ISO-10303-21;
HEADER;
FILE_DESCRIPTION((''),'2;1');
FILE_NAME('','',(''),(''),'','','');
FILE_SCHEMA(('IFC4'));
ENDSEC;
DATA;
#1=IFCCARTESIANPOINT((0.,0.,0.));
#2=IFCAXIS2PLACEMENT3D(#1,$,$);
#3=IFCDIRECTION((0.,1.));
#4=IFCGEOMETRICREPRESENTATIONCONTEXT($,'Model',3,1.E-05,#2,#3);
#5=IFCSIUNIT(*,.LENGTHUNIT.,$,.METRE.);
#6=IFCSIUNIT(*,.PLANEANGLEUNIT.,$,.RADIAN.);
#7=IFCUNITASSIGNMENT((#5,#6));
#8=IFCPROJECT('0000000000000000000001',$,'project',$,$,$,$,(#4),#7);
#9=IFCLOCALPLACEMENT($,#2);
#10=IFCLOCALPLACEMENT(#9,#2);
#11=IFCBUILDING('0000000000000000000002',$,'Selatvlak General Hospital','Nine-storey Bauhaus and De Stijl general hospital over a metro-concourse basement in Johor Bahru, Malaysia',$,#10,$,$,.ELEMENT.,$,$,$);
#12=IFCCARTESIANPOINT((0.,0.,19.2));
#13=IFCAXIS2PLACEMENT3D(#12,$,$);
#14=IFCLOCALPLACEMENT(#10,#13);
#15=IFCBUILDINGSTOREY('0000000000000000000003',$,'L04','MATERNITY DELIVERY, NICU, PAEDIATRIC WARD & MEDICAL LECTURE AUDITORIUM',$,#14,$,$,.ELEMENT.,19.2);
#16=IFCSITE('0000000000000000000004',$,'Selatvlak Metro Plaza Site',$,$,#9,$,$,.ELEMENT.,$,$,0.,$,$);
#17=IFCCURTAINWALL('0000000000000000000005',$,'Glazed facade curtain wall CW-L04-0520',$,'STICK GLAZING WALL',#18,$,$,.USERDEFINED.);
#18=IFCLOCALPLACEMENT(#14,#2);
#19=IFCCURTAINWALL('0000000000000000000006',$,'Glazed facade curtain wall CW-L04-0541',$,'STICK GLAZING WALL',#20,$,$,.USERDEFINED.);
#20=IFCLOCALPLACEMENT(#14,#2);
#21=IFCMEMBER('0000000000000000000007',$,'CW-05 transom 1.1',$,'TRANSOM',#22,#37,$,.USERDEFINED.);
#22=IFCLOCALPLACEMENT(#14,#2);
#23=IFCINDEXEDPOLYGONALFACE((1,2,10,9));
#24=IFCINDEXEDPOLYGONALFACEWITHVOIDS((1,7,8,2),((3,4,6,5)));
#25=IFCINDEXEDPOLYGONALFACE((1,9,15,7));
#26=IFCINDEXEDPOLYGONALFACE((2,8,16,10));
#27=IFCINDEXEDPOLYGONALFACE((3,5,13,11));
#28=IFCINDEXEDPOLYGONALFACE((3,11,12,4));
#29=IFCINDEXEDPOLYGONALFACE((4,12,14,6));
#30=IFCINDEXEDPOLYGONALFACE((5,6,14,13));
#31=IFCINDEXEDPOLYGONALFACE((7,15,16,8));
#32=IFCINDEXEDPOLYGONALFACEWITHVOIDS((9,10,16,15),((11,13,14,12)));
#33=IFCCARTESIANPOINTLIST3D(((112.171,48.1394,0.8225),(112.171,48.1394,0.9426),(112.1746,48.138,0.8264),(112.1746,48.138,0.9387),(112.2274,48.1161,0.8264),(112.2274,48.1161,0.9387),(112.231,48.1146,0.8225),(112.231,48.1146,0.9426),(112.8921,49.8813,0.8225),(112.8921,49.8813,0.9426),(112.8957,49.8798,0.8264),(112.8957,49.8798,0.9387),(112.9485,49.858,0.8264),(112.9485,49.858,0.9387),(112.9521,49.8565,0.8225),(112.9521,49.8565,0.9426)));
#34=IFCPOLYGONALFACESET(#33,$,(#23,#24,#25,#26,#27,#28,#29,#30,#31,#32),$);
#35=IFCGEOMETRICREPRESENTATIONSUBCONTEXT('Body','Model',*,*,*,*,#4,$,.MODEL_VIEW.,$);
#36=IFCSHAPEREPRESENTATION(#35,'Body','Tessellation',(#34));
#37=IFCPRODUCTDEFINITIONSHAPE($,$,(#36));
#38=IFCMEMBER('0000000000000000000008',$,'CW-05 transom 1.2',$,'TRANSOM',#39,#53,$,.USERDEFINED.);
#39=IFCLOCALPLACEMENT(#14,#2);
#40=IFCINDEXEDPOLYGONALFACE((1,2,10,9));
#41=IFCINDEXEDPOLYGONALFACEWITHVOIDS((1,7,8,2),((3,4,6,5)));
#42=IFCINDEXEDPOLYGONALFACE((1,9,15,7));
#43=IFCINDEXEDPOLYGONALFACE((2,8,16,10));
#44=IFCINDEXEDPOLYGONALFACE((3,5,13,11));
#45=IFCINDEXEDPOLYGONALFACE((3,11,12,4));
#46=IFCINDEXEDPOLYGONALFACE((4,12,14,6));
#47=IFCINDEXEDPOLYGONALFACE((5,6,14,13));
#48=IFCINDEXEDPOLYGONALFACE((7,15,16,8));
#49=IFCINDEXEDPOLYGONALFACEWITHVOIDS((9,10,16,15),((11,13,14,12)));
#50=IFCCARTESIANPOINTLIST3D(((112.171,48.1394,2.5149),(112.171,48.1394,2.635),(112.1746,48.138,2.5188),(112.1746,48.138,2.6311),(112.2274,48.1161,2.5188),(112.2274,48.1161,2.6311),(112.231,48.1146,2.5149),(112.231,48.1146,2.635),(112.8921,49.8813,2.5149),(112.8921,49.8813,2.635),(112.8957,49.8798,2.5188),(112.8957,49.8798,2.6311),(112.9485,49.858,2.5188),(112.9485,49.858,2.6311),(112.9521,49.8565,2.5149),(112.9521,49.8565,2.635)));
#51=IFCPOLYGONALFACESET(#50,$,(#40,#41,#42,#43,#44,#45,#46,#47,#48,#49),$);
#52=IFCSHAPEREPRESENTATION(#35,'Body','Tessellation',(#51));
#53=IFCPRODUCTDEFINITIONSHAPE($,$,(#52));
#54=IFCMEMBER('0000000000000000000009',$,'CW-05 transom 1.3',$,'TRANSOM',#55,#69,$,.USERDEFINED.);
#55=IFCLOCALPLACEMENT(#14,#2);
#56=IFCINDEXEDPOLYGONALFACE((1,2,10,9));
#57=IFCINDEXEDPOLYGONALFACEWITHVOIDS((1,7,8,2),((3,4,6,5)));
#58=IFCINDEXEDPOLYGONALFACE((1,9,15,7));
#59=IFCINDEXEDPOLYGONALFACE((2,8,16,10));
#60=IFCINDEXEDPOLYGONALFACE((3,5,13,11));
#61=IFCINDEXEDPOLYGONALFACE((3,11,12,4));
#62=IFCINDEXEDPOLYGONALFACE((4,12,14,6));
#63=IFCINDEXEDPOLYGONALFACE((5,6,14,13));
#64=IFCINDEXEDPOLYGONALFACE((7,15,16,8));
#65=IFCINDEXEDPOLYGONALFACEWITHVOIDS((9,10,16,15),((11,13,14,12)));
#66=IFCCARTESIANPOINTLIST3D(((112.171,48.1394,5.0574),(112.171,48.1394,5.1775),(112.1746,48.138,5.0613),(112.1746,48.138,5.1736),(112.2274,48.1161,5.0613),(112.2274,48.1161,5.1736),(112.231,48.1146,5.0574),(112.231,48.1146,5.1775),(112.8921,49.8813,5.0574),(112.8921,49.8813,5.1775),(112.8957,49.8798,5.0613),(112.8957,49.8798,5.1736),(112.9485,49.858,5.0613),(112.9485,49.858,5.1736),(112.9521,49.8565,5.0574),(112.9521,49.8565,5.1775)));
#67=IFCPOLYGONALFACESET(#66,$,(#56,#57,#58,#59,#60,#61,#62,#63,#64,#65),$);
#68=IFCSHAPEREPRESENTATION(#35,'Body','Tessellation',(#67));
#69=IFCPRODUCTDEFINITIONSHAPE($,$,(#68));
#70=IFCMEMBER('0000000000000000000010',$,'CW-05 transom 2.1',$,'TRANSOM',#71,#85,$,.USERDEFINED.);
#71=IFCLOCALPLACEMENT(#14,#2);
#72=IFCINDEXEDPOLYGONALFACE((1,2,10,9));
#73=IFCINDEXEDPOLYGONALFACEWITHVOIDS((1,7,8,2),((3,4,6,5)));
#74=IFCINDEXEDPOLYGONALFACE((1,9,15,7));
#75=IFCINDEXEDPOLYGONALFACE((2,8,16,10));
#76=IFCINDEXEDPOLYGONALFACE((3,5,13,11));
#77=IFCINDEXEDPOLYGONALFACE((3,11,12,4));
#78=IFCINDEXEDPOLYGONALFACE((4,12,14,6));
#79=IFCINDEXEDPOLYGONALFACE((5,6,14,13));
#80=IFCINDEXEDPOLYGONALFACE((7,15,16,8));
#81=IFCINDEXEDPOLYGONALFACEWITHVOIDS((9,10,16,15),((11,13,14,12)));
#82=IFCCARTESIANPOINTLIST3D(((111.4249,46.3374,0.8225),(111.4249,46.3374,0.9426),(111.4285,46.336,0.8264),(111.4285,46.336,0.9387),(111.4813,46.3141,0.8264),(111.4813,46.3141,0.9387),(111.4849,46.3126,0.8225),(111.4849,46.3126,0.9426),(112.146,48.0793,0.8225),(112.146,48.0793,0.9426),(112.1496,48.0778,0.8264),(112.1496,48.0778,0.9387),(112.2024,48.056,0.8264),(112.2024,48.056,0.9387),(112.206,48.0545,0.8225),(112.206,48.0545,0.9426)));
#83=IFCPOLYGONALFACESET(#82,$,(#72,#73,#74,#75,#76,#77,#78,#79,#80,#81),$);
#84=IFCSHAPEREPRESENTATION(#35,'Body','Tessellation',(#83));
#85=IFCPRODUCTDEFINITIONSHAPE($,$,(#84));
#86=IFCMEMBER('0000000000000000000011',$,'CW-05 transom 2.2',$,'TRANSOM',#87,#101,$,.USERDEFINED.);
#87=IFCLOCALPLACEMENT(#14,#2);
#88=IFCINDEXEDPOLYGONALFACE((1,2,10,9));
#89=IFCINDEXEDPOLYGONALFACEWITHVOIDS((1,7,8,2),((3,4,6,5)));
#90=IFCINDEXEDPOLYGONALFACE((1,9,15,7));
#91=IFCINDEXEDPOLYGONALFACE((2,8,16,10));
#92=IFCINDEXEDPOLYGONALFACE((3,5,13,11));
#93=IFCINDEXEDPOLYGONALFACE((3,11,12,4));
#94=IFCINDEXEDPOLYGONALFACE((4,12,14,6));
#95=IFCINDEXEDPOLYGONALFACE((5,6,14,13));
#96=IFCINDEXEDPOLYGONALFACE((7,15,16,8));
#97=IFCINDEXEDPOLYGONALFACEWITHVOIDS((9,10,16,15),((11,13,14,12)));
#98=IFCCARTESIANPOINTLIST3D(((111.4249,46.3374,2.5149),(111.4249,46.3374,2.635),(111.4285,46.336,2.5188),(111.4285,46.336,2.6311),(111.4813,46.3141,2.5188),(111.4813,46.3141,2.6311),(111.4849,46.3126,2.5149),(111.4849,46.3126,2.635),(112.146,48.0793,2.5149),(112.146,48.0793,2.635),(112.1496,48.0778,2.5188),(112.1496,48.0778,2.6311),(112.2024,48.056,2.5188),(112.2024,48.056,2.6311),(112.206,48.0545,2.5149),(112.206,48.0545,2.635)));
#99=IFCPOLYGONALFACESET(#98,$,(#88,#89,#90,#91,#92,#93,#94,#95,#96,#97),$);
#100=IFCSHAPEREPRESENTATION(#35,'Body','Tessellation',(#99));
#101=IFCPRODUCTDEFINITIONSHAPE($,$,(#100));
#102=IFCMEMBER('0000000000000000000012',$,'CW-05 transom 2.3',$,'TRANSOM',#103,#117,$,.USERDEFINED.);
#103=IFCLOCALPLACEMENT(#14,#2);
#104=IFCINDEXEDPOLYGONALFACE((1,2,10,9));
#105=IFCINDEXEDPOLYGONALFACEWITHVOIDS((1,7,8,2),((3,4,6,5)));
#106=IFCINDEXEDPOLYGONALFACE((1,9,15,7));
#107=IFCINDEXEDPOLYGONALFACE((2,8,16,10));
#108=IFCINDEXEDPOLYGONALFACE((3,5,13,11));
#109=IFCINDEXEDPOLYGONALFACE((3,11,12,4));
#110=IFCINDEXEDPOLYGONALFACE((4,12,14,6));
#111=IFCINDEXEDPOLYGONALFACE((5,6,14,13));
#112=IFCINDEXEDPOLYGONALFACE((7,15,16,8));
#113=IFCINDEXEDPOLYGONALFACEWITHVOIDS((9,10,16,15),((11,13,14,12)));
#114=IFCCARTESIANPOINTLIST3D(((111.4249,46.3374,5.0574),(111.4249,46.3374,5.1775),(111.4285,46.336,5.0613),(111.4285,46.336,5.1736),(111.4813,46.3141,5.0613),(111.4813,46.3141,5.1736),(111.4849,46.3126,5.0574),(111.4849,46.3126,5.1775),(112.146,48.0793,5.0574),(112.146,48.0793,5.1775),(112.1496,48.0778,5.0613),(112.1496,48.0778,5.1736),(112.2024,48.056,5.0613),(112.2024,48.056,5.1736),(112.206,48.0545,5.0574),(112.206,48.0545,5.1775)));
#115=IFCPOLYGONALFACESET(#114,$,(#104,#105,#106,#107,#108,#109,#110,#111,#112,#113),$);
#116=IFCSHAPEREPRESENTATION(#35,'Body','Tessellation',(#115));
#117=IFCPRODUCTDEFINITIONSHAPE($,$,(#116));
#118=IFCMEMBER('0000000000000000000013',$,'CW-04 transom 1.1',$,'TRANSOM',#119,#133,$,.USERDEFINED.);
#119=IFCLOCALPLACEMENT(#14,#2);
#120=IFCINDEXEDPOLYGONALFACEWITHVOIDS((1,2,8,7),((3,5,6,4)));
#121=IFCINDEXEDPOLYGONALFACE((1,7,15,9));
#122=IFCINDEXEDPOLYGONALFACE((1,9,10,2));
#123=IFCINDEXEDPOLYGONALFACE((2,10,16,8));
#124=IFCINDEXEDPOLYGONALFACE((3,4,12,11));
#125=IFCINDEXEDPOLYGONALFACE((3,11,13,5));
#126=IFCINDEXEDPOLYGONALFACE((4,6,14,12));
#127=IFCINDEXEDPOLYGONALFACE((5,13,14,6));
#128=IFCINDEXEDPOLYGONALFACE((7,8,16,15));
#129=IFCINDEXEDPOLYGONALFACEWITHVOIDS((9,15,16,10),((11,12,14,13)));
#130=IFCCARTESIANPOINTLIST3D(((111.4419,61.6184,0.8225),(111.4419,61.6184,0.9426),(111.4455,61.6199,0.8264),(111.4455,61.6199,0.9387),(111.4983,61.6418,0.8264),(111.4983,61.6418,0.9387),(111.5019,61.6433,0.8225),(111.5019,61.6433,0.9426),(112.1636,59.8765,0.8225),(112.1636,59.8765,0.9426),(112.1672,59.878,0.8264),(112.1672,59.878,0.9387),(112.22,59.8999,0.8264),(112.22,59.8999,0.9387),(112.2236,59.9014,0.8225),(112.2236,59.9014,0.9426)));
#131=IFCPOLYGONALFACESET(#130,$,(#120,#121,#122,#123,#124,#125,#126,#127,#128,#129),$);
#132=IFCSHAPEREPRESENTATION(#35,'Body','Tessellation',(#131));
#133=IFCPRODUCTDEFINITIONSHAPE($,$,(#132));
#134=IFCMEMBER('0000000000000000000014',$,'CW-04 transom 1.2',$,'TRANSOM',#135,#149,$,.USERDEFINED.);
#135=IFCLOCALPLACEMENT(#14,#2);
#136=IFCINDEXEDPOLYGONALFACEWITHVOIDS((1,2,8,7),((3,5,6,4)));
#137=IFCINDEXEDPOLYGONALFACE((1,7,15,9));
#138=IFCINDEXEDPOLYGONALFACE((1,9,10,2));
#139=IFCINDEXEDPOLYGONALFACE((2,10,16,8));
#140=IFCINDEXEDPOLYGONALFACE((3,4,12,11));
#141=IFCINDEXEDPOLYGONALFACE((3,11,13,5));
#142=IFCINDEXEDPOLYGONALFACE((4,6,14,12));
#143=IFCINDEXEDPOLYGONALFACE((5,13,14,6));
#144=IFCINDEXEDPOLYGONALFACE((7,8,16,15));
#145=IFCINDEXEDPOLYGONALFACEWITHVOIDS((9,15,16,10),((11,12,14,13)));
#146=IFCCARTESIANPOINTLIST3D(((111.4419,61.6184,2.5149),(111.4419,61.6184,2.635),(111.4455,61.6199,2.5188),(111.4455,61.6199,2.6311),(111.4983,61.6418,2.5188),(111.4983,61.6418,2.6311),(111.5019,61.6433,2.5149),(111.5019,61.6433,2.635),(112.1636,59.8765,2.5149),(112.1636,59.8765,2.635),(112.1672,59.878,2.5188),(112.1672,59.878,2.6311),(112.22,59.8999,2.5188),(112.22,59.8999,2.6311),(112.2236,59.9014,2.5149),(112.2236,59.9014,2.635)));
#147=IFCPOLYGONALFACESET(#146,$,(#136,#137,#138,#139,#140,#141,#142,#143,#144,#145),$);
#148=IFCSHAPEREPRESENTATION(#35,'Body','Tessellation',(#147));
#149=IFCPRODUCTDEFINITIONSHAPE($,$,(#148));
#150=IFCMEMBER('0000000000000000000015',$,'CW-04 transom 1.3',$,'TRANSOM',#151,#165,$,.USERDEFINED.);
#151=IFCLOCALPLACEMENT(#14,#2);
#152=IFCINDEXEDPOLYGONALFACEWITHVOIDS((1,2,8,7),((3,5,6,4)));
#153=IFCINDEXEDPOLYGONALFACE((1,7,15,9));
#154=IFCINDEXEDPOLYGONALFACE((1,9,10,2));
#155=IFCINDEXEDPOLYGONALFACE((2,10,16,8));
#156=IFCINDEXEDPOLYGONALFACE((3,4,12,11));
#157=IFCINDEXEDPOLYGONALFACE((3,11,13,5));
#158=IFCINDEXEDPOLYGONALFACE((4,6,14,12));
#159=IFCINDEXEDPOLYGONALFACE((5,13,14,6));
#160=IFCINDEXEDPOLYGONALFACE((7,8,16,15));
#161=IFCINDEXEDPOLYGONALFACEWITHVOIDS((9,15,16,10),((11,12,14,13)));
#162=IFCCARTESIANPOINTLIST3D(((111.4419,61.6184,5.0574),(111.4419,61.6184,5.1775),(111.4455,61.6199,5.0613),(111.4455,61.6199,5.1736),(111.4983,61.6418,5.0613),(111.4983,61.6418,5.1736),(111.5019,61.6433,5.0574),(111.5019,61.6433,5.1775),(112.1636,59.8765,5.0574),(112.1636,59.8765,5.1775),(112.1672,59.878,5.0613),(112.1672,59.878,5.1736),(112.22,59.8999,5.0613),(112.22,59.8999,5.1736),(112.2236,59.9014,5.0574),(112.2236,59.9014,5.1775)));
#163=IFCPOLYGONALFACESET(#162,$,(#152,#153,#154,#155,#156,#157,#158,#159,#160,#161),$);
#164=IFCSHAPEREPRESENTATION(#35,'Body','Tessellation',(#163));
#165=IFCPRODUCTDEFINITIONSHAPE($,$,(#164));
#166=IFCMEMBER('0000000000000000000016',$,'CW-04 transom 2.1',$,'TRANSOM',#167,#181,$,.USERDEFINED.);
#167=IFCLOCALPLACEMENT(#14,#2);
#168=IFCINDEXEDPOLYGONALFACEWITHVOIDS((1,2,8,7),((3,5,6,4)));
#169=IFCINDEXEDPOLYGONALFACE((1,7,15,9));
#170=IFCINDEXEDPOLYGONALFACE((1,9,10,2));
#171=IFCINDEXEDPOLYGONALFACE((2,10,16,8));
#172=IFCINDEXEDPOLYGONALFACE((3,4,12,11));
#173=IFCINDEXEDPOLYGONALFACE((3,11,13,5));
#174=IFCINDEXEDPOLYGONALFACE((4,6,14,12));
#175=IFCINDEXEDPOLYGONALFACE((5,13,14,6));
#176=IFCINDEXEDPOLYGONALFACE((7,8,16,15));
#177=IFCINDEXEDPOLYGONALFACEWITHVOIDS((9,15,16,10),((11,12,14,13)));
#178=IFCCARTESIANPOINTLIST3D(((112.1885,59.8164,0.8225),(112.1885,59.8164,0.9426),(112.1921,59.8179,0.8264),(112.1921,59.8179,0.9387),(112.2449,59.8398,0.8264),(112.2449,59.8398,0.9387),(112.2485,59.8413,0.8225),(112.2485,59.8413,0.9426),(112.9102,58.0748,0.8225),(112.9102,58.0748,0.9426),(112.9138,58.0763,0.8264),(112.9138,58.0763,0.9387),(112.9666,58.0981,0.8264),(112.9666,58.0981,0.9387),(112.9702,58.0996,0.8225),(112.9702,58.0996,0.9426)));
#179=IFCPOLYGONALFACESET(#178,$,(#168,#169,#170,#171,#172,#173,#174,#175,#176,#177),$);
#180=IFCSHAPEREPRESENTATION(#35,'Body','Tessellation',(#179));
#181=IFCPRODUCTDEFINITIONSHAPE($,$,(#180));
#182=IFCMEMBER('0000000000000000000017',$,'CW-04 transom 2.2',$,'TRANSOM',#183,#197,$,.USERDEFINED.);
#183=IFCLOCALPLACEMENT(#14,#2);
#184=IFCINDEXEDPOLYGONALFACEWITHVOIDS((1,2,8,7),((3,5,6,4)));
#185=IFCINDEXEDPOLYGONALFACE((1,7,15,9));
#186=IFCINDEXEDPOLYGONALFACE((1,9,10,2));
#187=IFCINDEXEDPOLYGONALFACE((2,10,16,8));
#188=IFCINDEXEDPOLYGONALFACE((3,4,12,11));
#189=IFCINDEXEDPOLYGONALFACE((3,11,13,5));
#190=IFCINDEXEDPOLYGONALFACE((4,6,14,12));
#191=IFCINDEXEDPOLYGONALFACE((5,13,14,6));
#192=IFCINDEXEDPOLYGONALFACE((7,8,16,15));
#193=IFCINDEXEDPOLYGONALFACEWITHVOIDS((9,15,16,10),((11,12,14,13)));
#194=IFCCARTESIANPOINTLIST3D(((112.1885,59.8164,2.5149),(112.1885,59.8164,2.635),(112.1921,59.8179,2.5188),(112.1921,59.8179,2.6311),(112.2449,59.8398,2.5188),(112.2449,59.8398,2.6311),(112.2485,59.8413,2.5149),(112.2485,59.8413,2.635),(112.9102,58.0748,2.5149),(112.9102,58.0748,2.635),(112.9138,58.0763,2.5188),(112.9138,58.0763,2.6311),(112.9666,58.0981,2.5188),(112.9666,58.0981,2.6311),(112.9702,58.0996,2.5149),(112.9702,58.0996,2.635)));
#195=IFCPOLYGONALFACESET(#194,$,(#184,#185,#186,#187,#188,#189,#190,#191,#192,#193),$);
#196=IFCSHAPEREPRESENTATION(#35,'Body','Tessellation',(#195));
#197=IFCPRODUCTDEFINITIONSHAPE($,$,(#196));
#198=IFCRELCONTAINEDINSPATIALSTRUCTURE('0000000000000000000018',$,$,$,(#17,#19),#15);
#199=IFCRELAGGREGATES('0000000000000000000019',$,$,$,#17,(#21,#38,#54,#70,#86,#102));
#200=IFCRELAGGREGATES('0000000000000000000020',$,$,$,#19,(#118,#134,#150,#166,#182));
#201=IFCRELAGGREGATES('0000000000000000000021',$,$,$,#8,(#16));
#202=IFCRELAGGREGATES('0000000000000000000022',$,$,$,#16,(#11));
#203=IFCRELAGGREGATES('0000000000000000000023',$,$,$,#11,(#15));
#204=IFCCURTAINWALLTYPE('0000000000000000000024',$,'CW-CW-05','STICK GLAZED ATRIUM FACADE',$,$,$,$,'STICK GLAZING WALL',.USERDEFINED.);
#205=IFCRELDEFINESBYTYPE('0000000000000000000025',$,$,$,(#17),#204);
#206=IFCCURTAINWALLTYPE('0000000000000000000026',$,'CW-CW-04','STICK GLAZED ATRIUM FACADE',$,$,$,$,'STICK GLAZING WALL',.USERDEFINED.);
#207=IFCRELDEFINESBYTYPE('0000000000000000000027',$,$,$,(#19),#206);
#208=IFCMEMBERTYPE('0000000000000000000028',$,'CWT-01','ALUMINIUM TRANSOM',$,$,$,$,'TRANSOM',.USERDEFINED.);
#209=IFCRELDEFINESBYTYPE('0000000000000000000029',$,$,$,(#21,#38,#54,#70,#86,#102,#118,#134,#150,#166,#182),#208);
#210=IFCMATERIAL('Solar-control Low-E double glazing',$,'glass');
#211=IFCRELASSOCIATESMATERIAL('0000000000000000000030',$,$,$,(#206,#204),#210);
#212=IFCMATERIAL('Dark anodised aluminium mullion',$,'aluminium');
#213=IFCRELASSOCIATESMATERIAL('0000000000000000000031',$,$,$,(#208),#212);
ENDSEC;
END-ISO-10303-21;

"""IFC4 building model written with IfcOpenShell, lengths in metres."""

from ifc_helpers import new_model, si_unit, direction, frame, origin, origin_2d, place, context, subcontext, project, spatial, hollow_rectangle, extrude, material, material_profile, profile_set, type_object, element, aggregate, save


model = new_model("IFC4")

# Units and contexts
model_context = context("Model", 3, precision=1e-05, world=origin(), true_north=direction((0.0, 1.0)))
body_context = subcontext(model_context, "Body", "Model", "MODEL_VIEW")
ifc_project = project(units=[si_unit("LENGTHUNIT", "METRE"), si_unit("PLANEANGLEUNIT", "RADIAN")], contexts=[model_context])

# Site, building, storey
site_placement = place(None, origin())
site = spatial("IfcSite", under=ifc_project, at=site_placement, Name="Selatvlak Metro Plaza Site", CompositionType="ELEMENT", RefElevation=0.0)
building_placement = place(site_placement, origin())
building = spatial("IfcBuilding", under=site, at=building_placement, Name="Selatvlak General Hospital", Description="Nine-storey Bauhaus and De Stijl general hospital over a metro-concourse basement in Johor Bahru, Malaysia", CompositionType="ELEMENT")
storey_placement = place(building_placement, frame((0.0, 0.0, 19.2)))
storey = spatial("IfcBuildingStorey", under=building, at=storey_placement, Name="L04", Description="MATERNITY DELIVERY, NICU, PAEDIATRIC WARD & MEDICAL LECTURE AUDITORIUM", CompositionType="ELEMENT", Elevation=19.2)

# Shared definitions
ifc_material_1 = material(Name="Solar-control Low-E double glazing", Category="glass")
curtain_wall_type_1 = type_object("IfcCurtainWallType", Name="CW-CW-04", Description="STICK GLAZED ATRIUM FACADE", ElementType="STICK GLAZING WALL", PredefinedType="USERDEFINED", material=ifc_material_1)
ifc_material_2 = material(Name="Dark anodised aluminium mullion", Category="aluminium")

# Curtain walls
curtain_wall_type_2 = type_object("IfcCurtainWallType", Name="CW-CW-05", Description="STICK GLAZED ATRIUM FACADE", ElementType="STICK GLAZING WALL", PredefinedType="USERDEFINED", material=ifc_material_1)
curtain_wall_1_placement = place(storey_placement, origin())
curtain_wall_1 = element("IfcCurtainWall", 1, at=curtain_wall_1_placement, inside=storey, type_object=curtain_wall_type_2, Name="Glazed facade curtain wall CW-L04-0520", ObjectType="STICK GLAZING WALL", PredefinedType="USERDEFINED")
curtain_wall_2_placement = place(storey_placement, origin())
curtain_wall_2 = element("IfcCurtainWall", 2, at=curtain_wall_2_placement, inside=storey, type_object=curtain_wall_type_1, Name="Glazed facade curtain wall CW-L04-0541", ObjectType="STICK GLAZING WALL", PredefinedType="USERDEFINED")

# Members
ifc_material_profile_1 = material_profile(ifc_material_2, hollow_rectangle(XDim=0.0649, YDim=0.1201, WallThickness=0.0039, at=origin_2d()), Name="AL-TRN 65x120x4")
ifc_profile_set_1 = profile_set([ifc_material_profile_1], Name="Dark anodised aluminium mullion")
member_type_1 = type_object("IfcMemberType", Name="CWT-01", Description="ALUMINIUM TRANSOM", ElementType="TRANSOM", PredefinedType="USERDEFINED", material=ifc_profile_set_1)
member_1_placement = place(storey_placement, frame((112.9221, 49.8689, 0.8826), z_axis=(-0.382527, -0.923944, 0.0), x_axis=(0.923944, -0.382527, 0.0)))
member_1 = element("IfcMember", 3, at=member_1_placement, type_object=member_type_1, Name="CW-05 transom 1.1", ObjectType="TRANSOM", PredefinedType="USERDEFINED", context=body_context, shape_type="SweptSolid", body=[
    extrude(hollow_rectangle(XDim=0.0649, YDim=0.1201, WallThickness=0.0039, at=origin_2d()), origin(), (0.0, 0.0, 1.0), 1.8853),
])
member_2_placement = place(storey_placement, frame((112.9221, 49.8689, 2.575), z_axis=(-0.382527, -0.923944, 0.0), x_axis=(0.923944, -0.382527, 0.0)))
member_2 = element("IfcMember", 4, at=member_2_placement, type_object=member_type_1, Name="CW-05 transom 1.2", ObjectType="TRANSOM", PredefinedType="USERDEFINED", context=body_context, shape_type="SweptSolid", body=[
    extrude(hollow_rectangle(XDim=0.0649, YDim=0.1201, WallThickness=0.0039, at=origin_2d()), origin(), (0.0, 0.0, 1.0), 1.8853),
])
member_3_placement = place(storey_placement, frame((112.9221, 49.8689, 5.1174), z_axis=(-0.382527, -0.923944, 0.0), x_axis=(0.923944, -0.382527, 0.0)))
member_3 = element("IfcMember", 5, at=member_3_placement, type_object=member_type_1, Name="CW-05 transom 1.3", ObjectType="TRANSOM", PredefinedType="USERDEFINED", context=body_context, shape_type="SweptSolid", body=[
    extrude(hollow_rectangle(XDim=0.0649, YDim=0.1201, WallThickness=0.0039, at=origin_2d()), origin(), (0.0, 0.0, 1.0), 1.8853),
])
member_4_placement = place(storey_placement, frame((112.176, 48.0669, 0.8826), z_axis=(-0.382527, -0.923944, 0.0), x_axis=(0.923944, -0.382527, 0.0)))
member_4 = element("IfcMember", 6, at=member_4_placement, type_object=member_type_1, Name="CW-05 transom 2.1", ObjectType="TRANSOM", PredefinedType="USERDEFINED", context=body_context, shape_type="SweptSolid", body=[
    extrude(hollow_rectangle(XDim=0.0649, YDim=0.1201, WallThickness=0.0039, at=origin_2d()), origin(), (0.0, 0.0, 1.0), 1.8853),
])
member_5_placement = place(storey_placement, frame((112.176, 48.0669, 2.575), z_axis=(-0.382527, -0.923944, 0.0), x_axis=(0.923944, -0.382527, 0.0)))
member_5 = element("IfcMember", 7, at=member_5_placement, type_object=member_type_1, Name="CW-05 transom 2.2", ObjectType="TRANSOM", PredefinedType="USERDEFINED", context=body_context, shape_type="SweptSolid", body=[
    extrude(hollow_rectangle(XDim=0.0649, YDim=0.1201, WallThickness=0.0039, at=origin_2d()), origin(), (0.0, 0.0, 1.0), 1.8853),
])
member_6_placement = place(storey_placement, frame((112.176, 48.0669, 5.1174), z_axis=(-0.382527, -0.923944, 0.0), x_axis=(0.923944, -0.382527, 0.0)))
member_6 = element("IfcMember", 8, at=member_6_placement, type_object=member_type_1, Name="CW-05 transom 2.3", ObjectType="TRANSOM", PredefinedType="USERDEFINED", context=body_context, shape_type="SweptSolid", body=[
    extrude(hollow_rectangle(XDim=0.0649, YDim=0.1201, WallThickness=0.0039, at=origin_2d()), origin(), (0.0, 0.0, 1.0), 1.8853),
])
member_7_placement = place(storey_placement, frame((111.4719, 61.6309, 0.8826), z_axis=(0.382748, -0.923853, 0.0), x_axis=(0.923853, 0.382748, 0.0)))
member_7 = element("IfcMember", 9, at=member_7_placement, type_object=member_type_1, Name="CW-04 transom 1.1", ObjectType="TRANSOM", PredefinedType="USERDEFINED", context=body_context, shape_type="SweptSolid", body=[
    extrude(hollow_rectangle(XDim=0.0649, YDim=0.1201, WallThickness=0.0039, at=origin_2d()), origin(), (0.0, 0.0, 1.0), 1.8855),
])
member_8_placement = place(storey_placement, frame((111.4719, 61.6309, 2.575), z_axis=(0.382748, -0.923853, 0.0), x_axis=(0.923853, 0.382748, 0.0)))
member_8 = element("IfcMember", 10, at=member_8_placement, type_object=member_type_1, Name="CW-04 transom 1.2", ObjectType="TRANSOM", PredefinedType="USERDEFINED", context=body_context, shape_type="SweptSolid", body=[
    extrude(hollow_rectangle(XDim=0.0649, YDim=0.1201, WallThickness=0.0039, at=origin_2d()), origin(), (0.0, 0.0, 1.0), 1.8855),
])
member_9_placement = place(storey_placement, frame((111.4719, 61.6309, 5.1174), z_axis=(0.382748, -0.923853, 0.0), x_axis=(0.923853, 0.382748, 0.0)))
member_9 = element("IfcMember", 11, at=member_9_placement, type_object=member_type_1, Name="CW-04 transom 1.3", ObjectType="TRANSOM", PredefinedType="USERDEFINED", context=body_context, shape_type="SweptSolid", body=[
    extrude(hollow_rectangle(XDim=0.0649, YDim=0.1201, WallThickness=0.0039, at=origin_2d()), origin(), (0.0, 0.0, 1.0), 1.8855),
])
member_10_placement = place(storey_placement, frame((112.2185, 59.8289, 0.8826), z_axis=(0.382794, -0.923834, 0.0), x_axis=(0.923834, 0.382794, 0.0)))
member_10 = element("IfcMember", 12, at=member_10_placement, type_object=member_type_1, Name="CW-04 transom 2.1", ObjectType="TRANSOM", PredefinedType="USERDEFINED", context=body_context, shape_type="SweptSolid", body=[
    extrude(hollow_rectangle(XDim=0.0649, YDim=0.1201, WallThickness=0.0039, at=origin_2d()), origin(), (0.0, 0.0, 1.0), 1.8853),
])
member_11_placement = place(storey_placement, frame((112.2185, 59.8289, 2.575), z_axis=(0.382794, -0.923834, 0.0), x_axis=(0.923834, 0.382794, 0.0)))
member_11 = element("IfcMember", 13, at=member_11_placement, type_object=member_type_1, Name="CW-04 transom 2.2", ObjectType="TRANSOM", PredefinedType="USERDEFINED", context=body_context, shape_type="SweptSolid", body=[
    extrude(hollow_rectangle(XDim=0.0649, YDim=0.1201, WallThickness=0.0039, at=origin_2d()), origin(), (0.0, 0.0, 1.0), 1.8853),
])

aggregate(curtain_wall_1, [member_1, member_2, member_3, member_4, member_5, member_6])
aggregate(curtain_wall_2, [member_7, member_8, member_9, member_10, member_11])

save(model, "model.ifc")
